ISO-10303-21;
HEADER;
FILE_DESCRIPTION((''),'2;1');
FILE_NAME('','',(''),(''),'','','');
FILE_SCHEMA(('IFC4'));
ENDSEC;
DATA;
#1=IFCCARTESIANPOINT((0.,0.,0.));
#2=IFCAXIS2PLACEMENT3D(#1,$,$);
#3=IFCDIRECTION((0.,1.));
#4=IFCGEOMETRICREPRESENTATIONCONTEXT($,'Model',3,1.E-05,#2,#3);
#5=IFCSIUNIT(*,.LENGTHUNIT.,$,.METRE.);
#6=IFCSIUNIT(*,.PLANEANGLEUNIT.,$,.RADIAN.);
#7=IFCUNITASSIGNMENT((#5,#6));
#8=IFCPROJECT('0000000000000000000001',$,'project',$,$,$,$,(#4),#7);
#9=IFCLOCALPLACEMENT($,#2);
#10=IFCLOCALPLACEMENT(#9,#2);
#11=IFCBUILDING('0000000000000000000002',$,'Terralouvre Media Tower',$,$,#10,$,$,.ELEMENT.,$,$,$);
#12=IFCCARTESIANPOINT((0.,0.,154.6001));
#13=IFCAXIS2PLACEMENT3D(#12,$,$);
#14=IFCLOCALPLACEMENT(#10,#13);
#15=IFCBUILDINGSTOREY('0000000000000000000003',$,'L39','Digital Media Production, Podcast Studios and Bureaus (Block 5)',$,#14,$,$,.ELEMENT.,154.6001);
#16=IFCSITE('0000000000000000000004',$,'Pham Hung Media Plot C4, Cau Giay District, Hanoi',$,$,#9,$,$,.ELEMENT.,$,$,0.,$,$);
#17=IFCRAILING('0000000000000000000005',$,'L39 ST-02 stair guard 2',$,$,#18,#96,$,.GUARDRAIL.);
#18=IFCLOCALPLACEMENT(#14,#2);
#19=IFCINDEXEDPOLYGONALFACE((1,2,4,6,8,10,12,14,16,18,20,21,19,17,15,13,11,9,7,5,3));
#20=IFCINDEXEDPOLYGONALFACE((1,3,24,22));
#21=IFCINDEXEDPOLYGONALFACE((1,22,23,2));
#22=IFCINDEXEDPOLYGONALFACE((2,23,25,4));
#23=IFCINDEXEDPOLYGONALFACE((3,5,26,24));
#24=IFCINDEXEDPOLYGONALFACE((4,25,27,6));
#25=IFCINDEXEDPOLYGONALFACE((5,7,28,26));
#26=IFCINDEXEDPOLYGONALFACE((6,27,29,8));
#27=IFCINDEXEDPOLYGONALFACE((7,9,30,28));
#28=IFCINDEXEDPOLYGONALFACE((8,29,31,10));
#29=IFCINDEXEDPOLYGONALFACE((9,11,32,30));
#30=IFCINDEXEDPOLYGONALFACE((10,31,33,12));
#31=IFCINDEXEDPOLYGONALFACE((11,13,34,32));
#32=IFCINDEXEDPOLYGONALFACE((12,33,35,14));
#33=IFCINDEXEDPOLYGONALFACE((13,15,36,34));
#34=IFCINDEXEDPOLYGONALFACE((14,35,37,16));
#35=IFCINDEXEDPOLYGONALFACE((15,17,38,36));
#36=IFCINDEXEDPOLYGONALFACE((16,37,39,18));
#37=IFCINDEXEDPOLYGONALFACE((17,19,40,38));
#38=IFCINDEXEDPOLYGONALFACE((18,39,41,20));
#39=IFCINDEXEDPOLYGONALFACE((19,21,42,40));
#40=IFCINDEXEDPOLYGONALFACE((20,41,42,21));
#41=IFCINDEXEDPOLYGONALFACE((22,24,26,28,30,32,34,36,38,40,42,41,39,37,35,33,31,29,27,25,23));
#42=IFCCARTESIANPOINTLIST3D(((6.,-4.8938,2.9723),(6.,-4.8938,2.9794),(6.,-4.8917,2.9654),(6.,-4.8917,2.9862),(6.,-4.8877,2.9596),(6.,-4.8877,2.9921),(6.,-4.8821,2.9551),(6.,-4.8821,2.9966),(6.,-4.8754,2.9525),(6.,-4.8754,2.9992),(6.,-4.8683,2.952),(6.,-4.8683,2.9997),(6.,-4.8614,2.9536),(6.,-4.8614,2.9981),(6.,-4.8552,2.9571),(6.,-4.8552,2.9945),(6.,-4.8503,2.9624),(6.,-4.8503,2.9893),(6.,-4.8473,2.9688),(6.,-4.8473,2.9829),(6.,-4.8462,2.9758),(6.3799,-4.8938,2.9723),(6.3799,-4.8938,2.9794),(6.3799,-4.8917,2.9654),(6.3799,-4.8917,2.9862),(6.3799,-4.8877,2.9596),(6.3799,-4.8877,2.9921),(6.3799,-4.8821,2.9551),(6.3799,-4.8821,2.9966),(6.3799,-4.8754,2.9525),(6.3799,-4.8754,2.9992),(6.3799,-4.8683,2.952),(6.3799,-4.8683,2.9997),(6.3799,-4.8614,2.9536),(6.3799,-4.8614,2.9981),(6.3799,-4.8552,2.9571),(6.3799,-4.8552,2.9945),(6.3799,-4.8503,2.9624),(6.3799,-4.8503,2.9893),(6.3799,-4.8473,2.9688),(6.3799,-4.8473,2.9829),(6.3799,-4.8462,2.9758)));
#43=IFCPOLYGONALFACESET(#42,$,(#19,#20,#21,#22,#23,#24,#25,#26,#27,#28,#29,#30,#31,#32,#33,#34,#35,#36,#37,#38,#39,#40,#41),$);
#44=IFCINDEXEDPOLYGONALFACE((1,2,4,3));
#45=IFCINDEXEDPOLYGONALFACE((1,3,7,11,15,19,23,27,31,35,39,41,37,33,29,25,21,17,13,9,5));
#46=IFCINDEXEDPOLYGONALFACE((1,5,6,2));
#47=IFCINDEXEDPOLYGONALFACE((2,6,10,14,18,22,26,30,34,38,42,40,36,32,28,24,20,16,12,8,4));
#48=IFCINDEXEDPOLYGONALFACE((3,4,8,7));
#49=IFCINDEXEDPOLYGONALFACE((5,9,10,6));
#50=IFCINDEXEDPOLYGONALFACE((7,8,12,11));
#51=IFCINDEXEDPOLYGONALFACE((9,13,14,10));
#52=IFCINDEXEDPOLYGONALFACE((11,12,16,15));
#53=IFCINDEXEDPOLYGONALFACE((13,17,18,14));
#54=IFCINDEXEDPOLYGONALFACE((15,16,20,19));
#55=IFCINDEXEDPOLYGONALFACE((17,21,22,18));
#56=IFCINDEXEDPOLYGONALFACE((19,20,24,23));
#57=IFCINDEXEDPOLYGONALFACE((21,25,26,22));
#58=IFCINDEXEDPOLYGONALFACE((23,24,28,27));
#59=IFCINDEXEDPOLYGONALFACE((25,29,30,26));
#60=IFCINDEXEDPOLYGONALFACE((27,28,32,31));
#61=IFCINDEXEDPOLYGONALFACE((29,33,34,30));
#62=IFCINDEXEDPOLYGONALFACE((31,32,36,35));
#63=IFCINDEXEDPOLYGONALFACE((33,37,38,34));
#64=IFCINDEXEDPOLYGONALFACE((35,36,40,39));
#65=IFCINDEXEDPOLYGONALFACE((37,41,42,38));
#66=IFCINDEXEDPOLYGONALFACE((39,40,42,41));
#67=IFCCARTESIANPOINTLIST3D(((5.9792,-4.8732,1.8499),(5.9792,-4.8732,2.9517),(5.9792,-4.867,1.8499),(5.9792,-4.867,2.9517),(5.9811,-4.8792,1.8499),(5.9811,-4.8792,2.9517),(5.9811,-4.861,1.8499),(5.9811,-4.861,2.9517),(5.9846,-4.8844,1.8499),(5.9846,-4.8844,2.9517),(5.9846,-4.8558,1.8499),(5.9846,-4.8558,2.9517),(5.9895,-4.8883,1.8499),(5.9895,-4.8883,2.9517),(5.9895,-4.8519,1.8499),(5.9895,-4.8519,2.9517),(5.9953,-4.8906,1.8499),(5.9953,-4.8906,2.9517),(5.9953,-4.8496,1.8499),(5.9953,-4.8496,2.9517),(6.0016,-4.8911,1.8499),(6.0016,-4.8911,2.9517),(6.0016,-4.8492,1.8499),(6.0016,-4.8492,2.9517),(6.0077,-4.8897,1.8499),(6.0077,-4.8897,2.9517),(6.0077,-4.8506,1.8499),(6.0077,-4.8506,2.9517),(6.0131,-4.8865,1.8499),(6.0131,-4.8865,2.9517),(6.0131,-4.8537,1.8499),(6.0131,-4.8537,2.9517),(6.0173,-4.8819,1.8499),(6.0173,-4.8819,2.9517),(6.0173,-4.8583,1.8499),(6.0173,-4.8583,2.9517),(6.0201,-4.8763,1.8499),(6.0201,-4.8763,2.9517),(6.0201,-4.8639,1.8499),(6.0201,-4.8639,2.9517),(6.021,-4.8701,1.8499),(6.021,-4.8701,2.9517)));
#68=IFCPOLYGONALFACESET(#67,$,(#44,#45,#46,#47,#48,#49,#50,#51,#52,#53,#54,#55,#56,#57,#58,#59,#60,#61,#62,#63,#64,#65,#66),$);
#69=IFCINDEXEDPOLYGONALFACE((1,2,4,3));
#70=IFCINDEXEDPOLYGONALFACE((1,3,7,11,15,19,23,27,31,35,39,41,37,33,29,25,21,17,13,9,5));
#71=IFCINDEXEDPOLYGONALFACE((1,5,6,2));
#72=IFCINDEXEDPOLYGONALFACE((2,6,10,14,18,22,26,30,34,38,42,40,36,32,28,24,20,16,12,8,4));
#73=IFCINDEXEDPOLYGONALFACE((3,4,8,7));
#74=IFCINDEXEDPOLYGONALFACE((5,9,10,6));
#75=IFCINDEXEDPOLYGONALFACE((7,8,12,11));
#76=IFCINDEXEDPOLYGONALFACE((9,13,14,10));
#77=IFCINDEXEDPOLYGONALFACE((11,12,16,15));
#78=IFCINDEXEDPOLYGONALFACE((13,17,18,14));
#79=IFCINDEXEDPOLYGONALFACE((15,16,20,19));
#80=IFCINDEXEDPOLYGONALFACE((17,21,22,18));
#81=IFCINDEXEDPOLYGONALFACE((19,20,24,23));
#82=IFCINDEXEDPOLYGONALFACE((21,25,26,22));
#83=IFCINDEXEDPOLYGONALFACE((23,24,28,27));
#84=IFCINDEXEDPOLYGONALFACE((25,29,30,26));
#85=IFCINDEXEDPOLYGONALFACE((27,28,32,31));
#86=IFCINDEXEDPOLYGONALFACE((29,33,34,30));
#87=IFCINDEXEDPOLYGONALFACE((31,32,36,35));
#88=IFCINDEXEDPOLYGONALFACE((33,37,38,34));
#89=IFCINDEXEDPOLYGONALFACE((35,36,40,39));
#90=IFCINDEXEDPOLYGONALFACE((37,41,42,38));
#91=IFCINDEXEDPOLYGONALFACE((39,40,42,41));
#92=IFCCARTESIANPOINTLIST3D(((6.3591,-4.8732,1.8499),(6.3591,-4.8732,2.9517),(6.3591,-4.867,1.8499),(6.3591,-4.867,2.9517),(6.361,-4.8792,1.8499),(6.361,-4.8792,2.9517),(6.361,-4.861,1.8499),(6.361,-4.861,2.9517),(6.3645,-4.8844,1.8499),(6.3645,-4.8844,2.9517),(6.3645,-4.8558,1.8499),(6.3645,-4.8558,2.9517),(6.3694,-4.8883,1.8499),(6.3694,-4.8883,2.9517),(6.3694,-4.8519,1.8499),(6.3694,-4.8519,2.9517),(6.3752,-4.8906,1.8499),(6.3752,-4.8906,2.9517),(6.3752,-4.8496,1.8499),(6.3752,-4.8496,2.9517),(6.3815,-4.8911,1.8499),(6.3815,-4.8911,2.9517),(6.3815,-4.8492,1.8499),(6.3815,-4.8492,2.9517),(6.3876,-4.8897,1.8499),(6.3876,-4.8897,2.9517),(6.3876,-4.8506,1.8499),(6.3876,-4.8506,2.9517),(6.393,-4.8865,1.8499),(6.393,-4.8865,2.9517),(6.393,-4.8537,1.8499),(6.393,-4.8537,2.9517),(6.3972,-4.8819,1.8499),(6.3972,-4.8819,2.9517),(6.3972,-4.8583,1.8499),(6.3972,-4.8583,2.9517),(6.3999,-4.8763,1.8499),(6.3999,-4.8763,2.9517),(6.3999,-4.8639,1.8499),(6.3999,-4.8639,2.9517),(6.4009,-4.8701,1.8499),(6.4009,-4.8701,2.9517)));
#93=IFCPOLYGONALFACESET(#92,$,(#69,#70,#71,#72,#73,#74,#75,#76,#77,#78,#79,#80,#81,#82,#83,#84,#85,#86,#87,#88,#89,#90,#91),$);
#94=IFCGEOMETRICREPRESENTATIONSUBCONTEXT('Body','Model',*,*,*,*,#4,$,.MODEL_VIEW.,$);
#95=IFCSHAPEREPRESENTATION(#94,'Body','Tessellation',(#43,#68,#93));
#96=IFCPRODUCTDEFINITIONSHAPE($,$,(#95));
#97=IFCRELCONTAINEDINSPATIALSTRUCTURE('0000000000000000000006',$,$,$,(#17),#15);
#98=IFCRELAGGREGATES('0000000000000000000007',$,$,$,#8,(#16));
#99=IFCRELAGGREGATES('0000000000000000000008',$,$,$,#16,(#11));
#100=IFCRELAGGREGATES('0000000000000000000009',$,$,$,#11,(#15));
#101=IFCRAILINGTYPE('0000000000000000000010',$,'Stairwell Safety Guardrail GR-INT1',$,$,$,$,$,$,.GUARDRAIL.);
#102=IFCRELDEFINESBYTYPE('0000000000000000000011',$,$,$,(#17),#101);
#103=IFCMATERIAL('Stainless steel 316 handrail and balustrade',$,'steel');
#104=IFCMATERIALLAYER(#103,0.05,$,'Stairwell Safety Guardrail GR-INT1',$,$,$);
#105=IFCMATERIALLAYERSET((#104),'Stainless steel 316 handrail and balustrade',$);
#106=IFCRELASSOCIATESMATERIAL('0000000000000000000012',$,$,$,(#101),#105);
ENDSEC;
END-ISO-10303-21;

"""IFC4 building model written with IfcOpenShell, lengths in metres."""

from ifc_helpers import new_model, si_unit, direction, frame, origin, origin_2d, place, context, subcontext, project, spatial, circle, extrude, material, layer, layer_set, type_object, element, save


model = new_model("IFC4")

# Units and contexts
model_context = context("Model", 3, precision=1e-05, world=origin(), true_north=direction((0.0, 1.0)))
body_context = subcontext(model_context, "Body", "Model", "MODEL_VIEW")
ifc_project = project(units=[si_unit("LENGTHUNIT", "METRE"), si_unit("PLANEANGLEUNIT", "RADIAN")], contexts=[model_context])

# Site, building, storey
site_placement = place(None, origin())
site = spatial("IfcSite", under=ifc_project, at=site_placement, Name="Pham Hung Media Plot C4, Cau Giay District, Hanoi", CompositionType="ELEMENT", RefElevation=0.0)
building_placement = place(site_placement, origin())
building = spatial("IfcBuilding", under=site, at=building_placement, Name="Terralouvre Media Tower", CompositionType="ELEMENT")
storey_placement = place(building_placement, frame((0.0, 0.0, 154.6001)))
storey = spatial("IfcBuildingStorey", under=building, at=storey_placement, Name="L39", Description="Digital Media Production, Podcast Studios and Bureaus (Block 5)", CompositionType="ELEMENT", Elevation=154.6001)

# Railing
ifc_material_1 = material(Name="Stainless steel 316 handrail and balustrade", Category="steel")
ifc_layer_1 = layer(ifc_material_1, 0.05, Name="Stairwell Safety Guardrail GR-INT1")
ifc_layer_set_1 = layer_set([ifc_layer_1], Name="Stainless steel 316 handrail and balustrade")
railing_type_1 = type_object("IfcRailingType", Name="Stairwell Safety Guardrail GR-INT1", PredefinedType="GUARDRAIL", material=ifc_layer_set_1)
railing_1_placement = place(storey_placement, frame((6.0, -4.8701, 1.8499)))
element("IfcRailing", 1, at=railing_1_placement, inside=storey, type_object=railing_type_1, Name="L39 ST-02 stair guard 2", PredefinedType="GUARDRAIL", context=body_context, shape_type="SweptSolid", body=[
    extrude(circle(Radius=0.0239, at=origin_2d()), frame((0.0, 0.0, 1.126), z_axis=(1.0, 0.0, 0.0), x_axis=(0.0, 1.0, 0.0)), (0.0, 0.0, 1.0), 0.3799),
    extrude(circle(Radius=0.021, at=origin_2d()), origin(), (0.0, 0.0, 1.0), 1.1018),
    extrude(circle(Radius=0.021, at=origin_2d()), frame((0.3799, 0.0, 0.0)), (0.0, 0.0, 1.0), 1.1018),
])

save(model, "model.ifc")
